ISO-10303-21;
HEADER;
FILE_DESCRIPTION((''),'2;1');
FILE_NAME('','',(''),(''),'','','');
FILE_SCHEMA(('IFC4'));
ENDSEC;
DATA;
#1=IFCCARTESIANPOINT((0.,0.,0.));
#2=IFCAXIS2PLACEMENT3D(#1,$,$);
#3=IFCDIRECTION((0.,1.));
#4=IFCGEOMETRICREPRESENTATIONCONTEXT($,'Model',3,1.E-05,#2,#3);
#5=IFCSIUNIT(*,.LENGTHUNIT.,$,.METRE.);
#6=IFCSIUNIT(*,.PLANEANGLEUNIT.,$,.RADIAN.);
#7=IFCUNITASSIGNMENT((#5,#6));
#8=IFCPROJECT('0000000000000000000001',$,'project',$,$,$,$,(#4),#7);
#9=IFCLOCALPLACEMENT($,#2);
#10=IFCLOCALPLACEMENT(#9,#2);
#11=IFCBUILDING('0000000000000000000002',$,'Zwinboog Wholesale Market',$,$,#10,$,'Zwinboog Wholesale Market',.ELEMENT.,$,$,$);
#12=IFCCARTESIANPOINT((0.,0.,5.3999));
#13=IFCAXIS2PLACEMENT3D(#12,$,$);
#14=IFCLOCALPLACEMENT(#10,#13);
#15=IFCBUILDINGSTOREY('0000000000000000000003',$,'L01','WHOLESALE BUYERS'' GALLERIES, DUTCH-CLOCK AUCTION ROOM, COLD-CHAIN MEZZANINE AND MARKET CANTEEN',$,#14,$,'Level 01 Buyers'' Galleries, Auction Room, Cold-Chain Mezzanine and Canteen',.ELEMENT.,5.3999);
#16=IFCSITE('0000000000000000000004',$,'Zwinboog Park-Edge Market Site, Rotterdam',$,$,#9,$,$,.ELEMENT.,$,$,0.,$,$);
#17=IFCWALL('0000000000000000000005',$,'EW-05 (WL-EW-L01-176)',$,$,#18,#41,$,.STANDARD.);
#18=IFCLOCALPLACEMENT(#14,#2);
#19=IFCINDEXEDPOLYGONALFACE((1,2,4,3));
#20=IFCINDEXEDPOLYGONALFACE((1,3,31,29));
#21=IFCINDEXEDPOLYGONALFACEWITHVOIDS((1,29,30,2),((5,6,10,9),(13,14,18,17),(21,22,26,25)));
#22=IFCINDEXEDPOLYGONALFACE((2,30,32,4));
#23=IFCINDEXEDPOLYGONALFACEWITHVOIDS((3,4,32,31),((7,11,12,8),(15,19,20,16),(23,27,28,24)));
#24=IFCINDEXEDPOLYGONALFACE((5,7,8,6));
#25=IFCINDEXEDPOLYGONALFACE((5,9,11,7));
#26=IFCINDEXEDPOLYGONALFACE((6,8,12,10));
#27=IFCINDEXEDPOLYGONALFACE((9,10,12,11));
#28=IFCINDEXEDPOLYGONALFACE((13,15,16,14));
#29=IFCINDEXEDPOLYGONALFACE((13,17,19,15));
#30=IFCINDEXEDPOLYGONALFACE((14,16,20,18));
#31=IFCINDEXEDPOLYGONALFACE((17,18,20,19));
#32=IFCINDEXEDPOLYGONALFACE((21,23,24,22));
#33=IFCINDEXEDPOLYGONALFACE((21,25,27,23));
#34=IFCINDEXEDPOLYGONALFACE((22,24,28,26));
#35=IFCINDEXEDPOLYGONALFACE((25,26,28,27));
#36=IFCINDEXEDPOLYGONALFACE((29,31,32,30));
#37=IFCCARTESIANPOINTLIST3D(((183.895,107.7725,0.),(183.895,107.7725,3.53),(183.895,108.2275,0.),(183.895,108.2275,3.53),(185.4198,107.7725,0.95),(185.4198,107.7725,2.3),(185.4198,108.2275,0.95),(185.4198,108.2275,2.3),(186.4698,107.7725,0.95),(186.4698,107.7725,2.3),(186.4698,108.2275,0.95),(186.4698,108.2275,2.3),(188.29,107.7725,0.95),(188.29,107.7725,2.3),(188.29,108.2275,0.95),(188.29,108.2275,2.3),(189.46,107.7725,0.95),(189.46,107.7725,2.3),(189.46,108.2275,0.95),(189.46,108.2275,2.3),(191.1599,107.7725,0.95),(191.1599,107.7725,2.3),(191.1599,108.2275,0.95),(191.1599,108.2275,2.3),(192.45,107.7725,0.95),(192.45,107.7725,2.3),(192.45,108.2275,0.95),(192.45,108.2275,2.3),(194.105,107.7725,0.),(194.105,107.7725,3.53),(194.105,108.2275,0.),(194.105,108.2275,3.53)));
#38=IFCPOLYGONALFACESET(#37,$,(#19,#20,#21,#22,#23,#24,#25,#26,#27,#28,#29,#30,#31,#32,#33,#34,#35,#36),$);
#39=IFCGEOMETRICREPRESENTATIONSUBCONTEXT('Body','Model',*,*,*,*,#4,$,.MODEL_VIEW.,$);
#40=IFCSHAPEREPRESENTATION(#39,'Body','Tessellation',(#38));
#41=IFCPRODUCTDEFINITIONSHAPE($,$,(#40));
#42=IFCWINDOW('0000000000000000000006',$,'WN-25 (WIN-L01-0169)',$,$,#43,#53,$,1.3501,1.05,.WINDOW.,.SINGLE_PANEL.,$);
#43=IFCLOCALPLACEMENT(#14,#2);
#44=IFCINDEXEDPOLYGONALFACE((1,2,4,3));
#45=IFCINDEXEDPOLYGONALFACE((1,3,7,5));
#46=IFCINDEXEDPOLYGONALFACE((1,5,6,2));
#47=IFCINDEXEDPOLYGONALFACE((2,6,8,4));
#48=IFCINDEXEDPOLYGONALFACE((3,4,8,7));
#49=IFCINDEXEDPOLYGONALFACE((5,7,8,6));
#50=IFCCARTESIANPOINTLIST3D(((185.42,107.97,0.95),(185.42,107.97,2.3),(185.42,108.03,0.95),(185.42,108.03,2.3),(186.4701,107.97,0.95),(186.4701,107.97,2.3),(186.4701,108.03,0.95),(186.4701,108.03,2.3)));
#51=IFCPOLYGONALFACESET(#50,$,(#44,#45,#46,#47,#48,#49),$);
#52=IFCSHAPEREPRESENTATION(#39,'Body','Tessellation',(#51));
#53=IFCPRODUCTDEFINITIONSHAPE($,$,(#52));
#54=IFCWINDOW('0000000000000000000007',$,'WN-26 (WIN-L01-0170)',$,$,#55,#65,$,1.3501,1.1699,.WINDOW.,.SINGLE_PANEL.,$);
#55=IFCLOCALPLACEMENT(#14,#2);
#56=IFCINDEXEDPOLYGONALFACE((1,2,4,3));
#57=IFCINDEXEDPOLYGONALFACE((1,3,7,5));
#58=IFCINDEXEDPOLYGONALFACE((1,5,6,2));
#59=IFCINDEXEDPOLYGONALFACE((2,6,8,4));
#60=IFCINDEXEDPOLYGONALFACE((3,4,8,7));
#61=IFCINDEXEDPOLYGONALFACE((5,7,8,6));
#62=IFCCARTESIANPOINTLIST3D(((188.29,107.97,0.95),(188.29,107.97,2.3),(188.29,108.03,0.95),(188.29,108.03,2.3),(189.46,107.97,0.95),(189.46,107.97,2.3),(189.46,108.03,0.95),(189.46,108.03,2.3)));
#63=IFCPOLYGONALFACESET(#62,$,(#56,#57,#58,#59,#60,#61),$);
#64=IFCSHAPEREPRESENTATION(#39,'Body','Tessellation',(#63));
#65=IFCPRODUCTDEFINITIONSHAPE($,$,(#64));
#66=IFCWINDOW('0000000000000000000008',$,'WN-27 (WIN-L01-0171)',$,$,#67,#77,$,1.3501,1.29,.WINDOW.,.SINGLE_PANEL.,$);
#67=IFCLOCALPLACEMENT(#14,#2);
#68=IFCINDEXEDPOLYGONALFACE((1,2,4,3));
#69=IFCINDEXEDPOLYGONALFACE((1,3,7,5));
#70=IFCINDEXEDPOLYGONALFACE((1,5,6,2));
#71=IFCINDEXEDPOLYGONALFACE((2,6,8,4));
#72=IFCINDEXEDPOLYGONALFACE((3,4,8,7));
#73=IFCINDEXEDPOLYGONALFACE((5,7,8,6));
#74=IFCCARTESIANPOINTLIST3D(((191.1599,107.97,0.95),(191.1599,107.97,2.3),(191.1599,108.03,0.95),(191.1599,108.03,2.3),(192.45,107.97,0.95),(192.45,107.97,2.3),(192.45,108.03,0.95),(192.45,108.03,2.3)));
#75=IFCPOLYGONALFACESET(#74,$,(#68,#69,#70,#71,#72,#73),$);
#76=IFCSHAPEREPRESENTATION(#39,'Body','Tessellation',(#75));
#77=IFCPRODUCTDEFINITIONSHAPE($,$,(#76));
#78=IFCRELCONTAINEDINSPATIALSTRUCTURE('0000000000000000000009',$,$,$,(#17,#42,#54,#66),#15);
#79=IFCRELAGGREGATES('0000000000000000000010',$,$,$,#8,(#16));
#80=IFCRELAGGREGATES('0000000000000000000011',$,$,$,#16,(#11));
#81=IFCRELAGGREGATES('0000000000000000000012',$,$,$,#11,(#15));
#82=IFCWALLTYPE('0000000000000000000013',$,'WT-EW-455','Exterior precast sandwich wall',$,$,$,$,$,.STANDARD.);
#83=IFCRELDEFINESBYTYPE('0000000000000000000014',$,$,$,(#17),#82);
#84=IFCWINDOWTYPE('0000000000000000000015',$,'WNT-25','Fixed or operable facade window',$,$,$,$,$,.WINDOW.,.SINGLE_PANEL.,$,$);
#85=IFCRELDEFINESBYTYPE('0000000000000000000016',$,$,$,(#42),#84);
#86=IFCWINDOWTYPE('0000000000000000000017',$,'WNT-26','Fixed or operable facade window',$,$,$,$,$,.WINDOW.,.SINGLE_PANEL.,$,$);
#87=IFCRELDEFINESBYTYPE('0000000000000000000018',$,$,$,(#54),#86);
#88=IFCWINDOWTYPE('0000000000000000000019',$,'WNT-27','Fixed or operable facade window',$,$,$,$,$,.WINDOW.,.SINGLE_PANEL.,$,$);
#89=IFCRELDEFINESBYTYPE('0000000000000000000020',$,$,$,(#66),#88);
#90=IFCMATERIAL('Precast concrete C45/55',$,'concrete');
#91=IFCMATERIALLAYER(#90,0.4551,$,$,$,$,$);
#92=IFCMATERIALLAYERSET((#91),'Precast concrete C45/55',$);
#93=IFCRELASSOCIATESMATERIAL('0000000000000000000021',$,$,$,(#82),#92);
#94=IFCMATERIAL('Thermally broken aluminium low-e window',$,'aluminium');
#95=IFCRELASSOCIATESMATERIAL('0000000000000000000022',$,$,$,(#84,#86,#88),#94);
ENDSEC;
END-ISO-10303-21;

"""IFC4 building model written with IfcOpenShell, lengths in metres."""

from ifc_helpers import new_model, si_unit, direction, frame, frame_2d, origin, place, context, subcontext, project, spatial, rectangle, extrude, material, layer, layer_set, type_object, element, fill, save


model = new_model("IFC4")

# Units and contexts
model_context = context("Model", 3, precision=1e-05, world=origin(), true_north=direction((0.0, 1.0)))
body_context = subcontext(model_context, "Body", "Model", "MODEL_VIEW")
ifc_project = project(units=[si_unit("LENGTHUNIT", "METRE"), si_unit("PLANEANGLEUNIT", "RADIAN")], contexts=[model_context])

# Site, building, storey
site_placement = place(None, origin())
site = spatial("IfcSite", under=ifc_project, at=site_placement, Name="Zwinboog Park-Edge Market Site, Rotterdam", CompositionType="ELEMENT", RefElevation=0.0)
building_placement = place(site_placement, origin())
building = spatial("IfcBuilding", under=site, at=building_placement, Name="Zwinboog Wholesale Market", LongName="Zwinboog Wholesale Market", CompositionType="ELEMENT")
storey_placement = place(building_placement, frame((0.0, 0.0, 5.3999)))
storey = spatial("IfcBuildingStorey", under=building, at=storey_placement, Name="L01", Description="WHOLESALE BUYERS' GALLERIES, DUTCH-CLOCK AUCTION ROOM, COLD-CHAIN MEZZANINE AND MARKET CANTEEN", LongName="Level 01 Buyers' Galleries, Auction Room, Cold-Chain Mezzanine and Canteen", CompositionType="ELEMENT", Elevation=5.3999)

# Shared definitions
ifc_material_1 = material(Name="Precast concrete C45/55", Category="concrete")

# Wall, openings, windows
ifc_layer_1 = layer(ifc_material_1, 0.4551)
ifc_layer_set_1 = layer_set([ifc_layer_1], Name="Precast concrete C45/55")
wall_type = type_object("IfcWallType", Name="WT-EW-455", Description="Exterior precast sandwich wall", PredefinedType="STANDARD", material=ifc_layer_set_1)
ifc_material_2 = material(Name="Thermally broken aluminium low-e window", Category="aluminium")
wall_1_placement = place(storey_placement, frame((183.895, 108.0, 0.0), z_axis=(0.0, 0.0, 1.0), x_axis=(1.0, 0.0, 0.0)))
wall_1 = element("IfcWall", 1, at=wall_1_placement, inside=storey, type_object=wall_type, Name="EW-05 (WL-EW-L01-176)", PredefinedType="STANDARD", context=body_context, shape_type="SweptSolid", body=[
    extrude(rectangle(XDim=10.21, YDim=0.4551, at=frame_2d((5.105, 0.0))), origin(), (0.0, 0.0, 1.0), 3.53),
])
opening_1_placement = place(wall_1_placement, frame((1.5249, 0.0, 0.95)))
opening_1 = element("IfcOpeningElement", 2, at=opening_1_placement, cuts=wall_1, PredefinedType="OPENING", context=body_context, shape_type="SweptSolid", body=[
    extrude(rectangle(XDim=1.05, YDim=1.3501, at=frame_2d((0.5249, 0.675))), frame((0.0, 0.2375, 0.0), z_axis=(0.0, -1.0, 0.0), x_axis=(1.0, 0.0, 0.0)), (0.0, 0.0, 1.0), 0.4751),
])
opening_2_placement = place(wall_1_placement, frame((4.395, 0.0, 0.95)))
opening_2 = element("IfcOpeningElement", 3, at=opening_2_placement, cuts=wall_1, PredefinedType="OPENING", context=body_context, shape_type="SweptSolid", body=[
    extrude(rectangle(XDim=1.1699, YDim=1.3501, at=frame_2d((0.585, 0.675))), frame((0.0, 0.2375, 0.0), z_axis=(0.0, -1.0, 0.0), x_axis=(1.0, 0.0, 0.0)), (0.0, 0.0, 1.0), 0.4751),
])
opening_3_placement = place(wall_1_placement, frame((7.2649, 0.0, 0.95)))
opening_3 = element("IfcOpeningElement", 4, at=opening_3_placement, cuts=wall_1, PredefinedType="OPENING", context=body_context, shape_type="SweptSolid", body=[
    extrude(rectangle(XDim=1.29, YDim=1.3501, at=frame_2d((0.645, 0.675))), frame((0.0, 0.2375, 0.0), z_axis=(0.0, -1.0, 0.0), x_axis=(1.0, 0.0, 0.0)), (0.0, 0.0, 1.0), 0.4751),
])
window_type_1 = type_object("IfcWindowType", Name="WNT-25", Description="Fixed or operable facade window", PartitioningType="SINGLE_PANEL", PredefinedType="WINDOW", material=ifc_material_2)
window_1_placement = place(opening_1_placement, frame((1.05, 0.0, 0.0), z_axis=(0.0, 0.0, 1.0), x_axis=(-1.0, 0.0, 0.0)))
window_1 = element("IfcWindow", 5, at=window_1_placement, inside=storey, type_object=window_type_1, Name="WN-25 (WIN-L01-0169)", OverallHeight=1.3501, OverallWidth=1.05, PartitioningType="SINGLE_PANEL", PredefinedType="WINDOW", context=body_context, shape_type="SweptSolid", body=[
    extrude(rectangle(XDim=1.05, YDim=1.3501, at=frame_2d((0.5249, 0.675))), frame((0.0, 0.03, 0.0), z_axis=(0.0, -1.0, 0.0), x_axis=(1.0, 0.0, 0.0)), (0.0, 0.0, 1.0), 0.0601),
])
fill(opening_1, window_1)
window_type_2 = type_object("IfcWindowType", Name="WNT-26", Description="Fixed or operable facade window", PartitioningType="SINGLE_PANEL", PredefinedType="WINDOW", material=ifc_material_2)
window_2_placement = place(opening_2_placement, frame((1.1699, 0.0, 0.0), z_axis=(0.0, 0.0, 1.0), x_axis=(-1.0, 0.0, 0.0)))
window_2 = element("IfcWindow", 6, at=window_2_placement, inside=storey, type_object=window_type_2, Name="WN-26 (WIN-L01-0170)", OverallHeight=1.3501, OverallWidth=1.1699, PartitioningType="SINGLE_PANEL", PredefinedType="WINDOW", context=body_context, shape_type="SweptSolid", body=[
    extrude(rectangle(XDim=1.1699, YDim=1.3501, at=frame_2d((0.585, 0.675))), frame((0.0, 0.03, 0.0), z_axis=(0.0, -1.0, 0.0), x_axis=(1.0, 0.0, 0.0)), (0.0, 0.0, 1.0), 0.0601),
])
fill(opening_2, window_2)
window_type_3 = type_object("IfcWindowType", Name="WNT-27", Description="Fixed or operable facade window", PartitioningType="SINGLE_PANEL", PredefinedType="WINDOW", material=ifc_material_2)
window_3_placement = place(opening_3_placement, frame((1.29, 0.0, 0.0), z_axis=(0.0, 0.0, 1.0), x_axis=(-1.0, 0.0, 0.0)))
window_3 = element("IfcWindow", 7, at=window_3_placement, inside=storey, type_object=window_type_3, Name="WN-27 (WIN-L01-0171)", OverallHeight=1.3501, OverallWidth=1.29, PartitioningType="SINGLE_PANEL", PredefinedType="WINDOW", context=body_context, shape_type="SweptSolid", body=[
    extrude(rectangle(XDim=1.29, YDim=1.3501, at=frame_2d((0.645, 0.675))), frame((0.0, 0.03, 0.0), z_axis=(0.0, -1.0, 0.0), x_axis=(1.0, 0.0, 0.0)), (0.0, 0.0, 1.0), 0.0601),
])
fill(opening_3, window_3)

save(model, "model.ifc")
